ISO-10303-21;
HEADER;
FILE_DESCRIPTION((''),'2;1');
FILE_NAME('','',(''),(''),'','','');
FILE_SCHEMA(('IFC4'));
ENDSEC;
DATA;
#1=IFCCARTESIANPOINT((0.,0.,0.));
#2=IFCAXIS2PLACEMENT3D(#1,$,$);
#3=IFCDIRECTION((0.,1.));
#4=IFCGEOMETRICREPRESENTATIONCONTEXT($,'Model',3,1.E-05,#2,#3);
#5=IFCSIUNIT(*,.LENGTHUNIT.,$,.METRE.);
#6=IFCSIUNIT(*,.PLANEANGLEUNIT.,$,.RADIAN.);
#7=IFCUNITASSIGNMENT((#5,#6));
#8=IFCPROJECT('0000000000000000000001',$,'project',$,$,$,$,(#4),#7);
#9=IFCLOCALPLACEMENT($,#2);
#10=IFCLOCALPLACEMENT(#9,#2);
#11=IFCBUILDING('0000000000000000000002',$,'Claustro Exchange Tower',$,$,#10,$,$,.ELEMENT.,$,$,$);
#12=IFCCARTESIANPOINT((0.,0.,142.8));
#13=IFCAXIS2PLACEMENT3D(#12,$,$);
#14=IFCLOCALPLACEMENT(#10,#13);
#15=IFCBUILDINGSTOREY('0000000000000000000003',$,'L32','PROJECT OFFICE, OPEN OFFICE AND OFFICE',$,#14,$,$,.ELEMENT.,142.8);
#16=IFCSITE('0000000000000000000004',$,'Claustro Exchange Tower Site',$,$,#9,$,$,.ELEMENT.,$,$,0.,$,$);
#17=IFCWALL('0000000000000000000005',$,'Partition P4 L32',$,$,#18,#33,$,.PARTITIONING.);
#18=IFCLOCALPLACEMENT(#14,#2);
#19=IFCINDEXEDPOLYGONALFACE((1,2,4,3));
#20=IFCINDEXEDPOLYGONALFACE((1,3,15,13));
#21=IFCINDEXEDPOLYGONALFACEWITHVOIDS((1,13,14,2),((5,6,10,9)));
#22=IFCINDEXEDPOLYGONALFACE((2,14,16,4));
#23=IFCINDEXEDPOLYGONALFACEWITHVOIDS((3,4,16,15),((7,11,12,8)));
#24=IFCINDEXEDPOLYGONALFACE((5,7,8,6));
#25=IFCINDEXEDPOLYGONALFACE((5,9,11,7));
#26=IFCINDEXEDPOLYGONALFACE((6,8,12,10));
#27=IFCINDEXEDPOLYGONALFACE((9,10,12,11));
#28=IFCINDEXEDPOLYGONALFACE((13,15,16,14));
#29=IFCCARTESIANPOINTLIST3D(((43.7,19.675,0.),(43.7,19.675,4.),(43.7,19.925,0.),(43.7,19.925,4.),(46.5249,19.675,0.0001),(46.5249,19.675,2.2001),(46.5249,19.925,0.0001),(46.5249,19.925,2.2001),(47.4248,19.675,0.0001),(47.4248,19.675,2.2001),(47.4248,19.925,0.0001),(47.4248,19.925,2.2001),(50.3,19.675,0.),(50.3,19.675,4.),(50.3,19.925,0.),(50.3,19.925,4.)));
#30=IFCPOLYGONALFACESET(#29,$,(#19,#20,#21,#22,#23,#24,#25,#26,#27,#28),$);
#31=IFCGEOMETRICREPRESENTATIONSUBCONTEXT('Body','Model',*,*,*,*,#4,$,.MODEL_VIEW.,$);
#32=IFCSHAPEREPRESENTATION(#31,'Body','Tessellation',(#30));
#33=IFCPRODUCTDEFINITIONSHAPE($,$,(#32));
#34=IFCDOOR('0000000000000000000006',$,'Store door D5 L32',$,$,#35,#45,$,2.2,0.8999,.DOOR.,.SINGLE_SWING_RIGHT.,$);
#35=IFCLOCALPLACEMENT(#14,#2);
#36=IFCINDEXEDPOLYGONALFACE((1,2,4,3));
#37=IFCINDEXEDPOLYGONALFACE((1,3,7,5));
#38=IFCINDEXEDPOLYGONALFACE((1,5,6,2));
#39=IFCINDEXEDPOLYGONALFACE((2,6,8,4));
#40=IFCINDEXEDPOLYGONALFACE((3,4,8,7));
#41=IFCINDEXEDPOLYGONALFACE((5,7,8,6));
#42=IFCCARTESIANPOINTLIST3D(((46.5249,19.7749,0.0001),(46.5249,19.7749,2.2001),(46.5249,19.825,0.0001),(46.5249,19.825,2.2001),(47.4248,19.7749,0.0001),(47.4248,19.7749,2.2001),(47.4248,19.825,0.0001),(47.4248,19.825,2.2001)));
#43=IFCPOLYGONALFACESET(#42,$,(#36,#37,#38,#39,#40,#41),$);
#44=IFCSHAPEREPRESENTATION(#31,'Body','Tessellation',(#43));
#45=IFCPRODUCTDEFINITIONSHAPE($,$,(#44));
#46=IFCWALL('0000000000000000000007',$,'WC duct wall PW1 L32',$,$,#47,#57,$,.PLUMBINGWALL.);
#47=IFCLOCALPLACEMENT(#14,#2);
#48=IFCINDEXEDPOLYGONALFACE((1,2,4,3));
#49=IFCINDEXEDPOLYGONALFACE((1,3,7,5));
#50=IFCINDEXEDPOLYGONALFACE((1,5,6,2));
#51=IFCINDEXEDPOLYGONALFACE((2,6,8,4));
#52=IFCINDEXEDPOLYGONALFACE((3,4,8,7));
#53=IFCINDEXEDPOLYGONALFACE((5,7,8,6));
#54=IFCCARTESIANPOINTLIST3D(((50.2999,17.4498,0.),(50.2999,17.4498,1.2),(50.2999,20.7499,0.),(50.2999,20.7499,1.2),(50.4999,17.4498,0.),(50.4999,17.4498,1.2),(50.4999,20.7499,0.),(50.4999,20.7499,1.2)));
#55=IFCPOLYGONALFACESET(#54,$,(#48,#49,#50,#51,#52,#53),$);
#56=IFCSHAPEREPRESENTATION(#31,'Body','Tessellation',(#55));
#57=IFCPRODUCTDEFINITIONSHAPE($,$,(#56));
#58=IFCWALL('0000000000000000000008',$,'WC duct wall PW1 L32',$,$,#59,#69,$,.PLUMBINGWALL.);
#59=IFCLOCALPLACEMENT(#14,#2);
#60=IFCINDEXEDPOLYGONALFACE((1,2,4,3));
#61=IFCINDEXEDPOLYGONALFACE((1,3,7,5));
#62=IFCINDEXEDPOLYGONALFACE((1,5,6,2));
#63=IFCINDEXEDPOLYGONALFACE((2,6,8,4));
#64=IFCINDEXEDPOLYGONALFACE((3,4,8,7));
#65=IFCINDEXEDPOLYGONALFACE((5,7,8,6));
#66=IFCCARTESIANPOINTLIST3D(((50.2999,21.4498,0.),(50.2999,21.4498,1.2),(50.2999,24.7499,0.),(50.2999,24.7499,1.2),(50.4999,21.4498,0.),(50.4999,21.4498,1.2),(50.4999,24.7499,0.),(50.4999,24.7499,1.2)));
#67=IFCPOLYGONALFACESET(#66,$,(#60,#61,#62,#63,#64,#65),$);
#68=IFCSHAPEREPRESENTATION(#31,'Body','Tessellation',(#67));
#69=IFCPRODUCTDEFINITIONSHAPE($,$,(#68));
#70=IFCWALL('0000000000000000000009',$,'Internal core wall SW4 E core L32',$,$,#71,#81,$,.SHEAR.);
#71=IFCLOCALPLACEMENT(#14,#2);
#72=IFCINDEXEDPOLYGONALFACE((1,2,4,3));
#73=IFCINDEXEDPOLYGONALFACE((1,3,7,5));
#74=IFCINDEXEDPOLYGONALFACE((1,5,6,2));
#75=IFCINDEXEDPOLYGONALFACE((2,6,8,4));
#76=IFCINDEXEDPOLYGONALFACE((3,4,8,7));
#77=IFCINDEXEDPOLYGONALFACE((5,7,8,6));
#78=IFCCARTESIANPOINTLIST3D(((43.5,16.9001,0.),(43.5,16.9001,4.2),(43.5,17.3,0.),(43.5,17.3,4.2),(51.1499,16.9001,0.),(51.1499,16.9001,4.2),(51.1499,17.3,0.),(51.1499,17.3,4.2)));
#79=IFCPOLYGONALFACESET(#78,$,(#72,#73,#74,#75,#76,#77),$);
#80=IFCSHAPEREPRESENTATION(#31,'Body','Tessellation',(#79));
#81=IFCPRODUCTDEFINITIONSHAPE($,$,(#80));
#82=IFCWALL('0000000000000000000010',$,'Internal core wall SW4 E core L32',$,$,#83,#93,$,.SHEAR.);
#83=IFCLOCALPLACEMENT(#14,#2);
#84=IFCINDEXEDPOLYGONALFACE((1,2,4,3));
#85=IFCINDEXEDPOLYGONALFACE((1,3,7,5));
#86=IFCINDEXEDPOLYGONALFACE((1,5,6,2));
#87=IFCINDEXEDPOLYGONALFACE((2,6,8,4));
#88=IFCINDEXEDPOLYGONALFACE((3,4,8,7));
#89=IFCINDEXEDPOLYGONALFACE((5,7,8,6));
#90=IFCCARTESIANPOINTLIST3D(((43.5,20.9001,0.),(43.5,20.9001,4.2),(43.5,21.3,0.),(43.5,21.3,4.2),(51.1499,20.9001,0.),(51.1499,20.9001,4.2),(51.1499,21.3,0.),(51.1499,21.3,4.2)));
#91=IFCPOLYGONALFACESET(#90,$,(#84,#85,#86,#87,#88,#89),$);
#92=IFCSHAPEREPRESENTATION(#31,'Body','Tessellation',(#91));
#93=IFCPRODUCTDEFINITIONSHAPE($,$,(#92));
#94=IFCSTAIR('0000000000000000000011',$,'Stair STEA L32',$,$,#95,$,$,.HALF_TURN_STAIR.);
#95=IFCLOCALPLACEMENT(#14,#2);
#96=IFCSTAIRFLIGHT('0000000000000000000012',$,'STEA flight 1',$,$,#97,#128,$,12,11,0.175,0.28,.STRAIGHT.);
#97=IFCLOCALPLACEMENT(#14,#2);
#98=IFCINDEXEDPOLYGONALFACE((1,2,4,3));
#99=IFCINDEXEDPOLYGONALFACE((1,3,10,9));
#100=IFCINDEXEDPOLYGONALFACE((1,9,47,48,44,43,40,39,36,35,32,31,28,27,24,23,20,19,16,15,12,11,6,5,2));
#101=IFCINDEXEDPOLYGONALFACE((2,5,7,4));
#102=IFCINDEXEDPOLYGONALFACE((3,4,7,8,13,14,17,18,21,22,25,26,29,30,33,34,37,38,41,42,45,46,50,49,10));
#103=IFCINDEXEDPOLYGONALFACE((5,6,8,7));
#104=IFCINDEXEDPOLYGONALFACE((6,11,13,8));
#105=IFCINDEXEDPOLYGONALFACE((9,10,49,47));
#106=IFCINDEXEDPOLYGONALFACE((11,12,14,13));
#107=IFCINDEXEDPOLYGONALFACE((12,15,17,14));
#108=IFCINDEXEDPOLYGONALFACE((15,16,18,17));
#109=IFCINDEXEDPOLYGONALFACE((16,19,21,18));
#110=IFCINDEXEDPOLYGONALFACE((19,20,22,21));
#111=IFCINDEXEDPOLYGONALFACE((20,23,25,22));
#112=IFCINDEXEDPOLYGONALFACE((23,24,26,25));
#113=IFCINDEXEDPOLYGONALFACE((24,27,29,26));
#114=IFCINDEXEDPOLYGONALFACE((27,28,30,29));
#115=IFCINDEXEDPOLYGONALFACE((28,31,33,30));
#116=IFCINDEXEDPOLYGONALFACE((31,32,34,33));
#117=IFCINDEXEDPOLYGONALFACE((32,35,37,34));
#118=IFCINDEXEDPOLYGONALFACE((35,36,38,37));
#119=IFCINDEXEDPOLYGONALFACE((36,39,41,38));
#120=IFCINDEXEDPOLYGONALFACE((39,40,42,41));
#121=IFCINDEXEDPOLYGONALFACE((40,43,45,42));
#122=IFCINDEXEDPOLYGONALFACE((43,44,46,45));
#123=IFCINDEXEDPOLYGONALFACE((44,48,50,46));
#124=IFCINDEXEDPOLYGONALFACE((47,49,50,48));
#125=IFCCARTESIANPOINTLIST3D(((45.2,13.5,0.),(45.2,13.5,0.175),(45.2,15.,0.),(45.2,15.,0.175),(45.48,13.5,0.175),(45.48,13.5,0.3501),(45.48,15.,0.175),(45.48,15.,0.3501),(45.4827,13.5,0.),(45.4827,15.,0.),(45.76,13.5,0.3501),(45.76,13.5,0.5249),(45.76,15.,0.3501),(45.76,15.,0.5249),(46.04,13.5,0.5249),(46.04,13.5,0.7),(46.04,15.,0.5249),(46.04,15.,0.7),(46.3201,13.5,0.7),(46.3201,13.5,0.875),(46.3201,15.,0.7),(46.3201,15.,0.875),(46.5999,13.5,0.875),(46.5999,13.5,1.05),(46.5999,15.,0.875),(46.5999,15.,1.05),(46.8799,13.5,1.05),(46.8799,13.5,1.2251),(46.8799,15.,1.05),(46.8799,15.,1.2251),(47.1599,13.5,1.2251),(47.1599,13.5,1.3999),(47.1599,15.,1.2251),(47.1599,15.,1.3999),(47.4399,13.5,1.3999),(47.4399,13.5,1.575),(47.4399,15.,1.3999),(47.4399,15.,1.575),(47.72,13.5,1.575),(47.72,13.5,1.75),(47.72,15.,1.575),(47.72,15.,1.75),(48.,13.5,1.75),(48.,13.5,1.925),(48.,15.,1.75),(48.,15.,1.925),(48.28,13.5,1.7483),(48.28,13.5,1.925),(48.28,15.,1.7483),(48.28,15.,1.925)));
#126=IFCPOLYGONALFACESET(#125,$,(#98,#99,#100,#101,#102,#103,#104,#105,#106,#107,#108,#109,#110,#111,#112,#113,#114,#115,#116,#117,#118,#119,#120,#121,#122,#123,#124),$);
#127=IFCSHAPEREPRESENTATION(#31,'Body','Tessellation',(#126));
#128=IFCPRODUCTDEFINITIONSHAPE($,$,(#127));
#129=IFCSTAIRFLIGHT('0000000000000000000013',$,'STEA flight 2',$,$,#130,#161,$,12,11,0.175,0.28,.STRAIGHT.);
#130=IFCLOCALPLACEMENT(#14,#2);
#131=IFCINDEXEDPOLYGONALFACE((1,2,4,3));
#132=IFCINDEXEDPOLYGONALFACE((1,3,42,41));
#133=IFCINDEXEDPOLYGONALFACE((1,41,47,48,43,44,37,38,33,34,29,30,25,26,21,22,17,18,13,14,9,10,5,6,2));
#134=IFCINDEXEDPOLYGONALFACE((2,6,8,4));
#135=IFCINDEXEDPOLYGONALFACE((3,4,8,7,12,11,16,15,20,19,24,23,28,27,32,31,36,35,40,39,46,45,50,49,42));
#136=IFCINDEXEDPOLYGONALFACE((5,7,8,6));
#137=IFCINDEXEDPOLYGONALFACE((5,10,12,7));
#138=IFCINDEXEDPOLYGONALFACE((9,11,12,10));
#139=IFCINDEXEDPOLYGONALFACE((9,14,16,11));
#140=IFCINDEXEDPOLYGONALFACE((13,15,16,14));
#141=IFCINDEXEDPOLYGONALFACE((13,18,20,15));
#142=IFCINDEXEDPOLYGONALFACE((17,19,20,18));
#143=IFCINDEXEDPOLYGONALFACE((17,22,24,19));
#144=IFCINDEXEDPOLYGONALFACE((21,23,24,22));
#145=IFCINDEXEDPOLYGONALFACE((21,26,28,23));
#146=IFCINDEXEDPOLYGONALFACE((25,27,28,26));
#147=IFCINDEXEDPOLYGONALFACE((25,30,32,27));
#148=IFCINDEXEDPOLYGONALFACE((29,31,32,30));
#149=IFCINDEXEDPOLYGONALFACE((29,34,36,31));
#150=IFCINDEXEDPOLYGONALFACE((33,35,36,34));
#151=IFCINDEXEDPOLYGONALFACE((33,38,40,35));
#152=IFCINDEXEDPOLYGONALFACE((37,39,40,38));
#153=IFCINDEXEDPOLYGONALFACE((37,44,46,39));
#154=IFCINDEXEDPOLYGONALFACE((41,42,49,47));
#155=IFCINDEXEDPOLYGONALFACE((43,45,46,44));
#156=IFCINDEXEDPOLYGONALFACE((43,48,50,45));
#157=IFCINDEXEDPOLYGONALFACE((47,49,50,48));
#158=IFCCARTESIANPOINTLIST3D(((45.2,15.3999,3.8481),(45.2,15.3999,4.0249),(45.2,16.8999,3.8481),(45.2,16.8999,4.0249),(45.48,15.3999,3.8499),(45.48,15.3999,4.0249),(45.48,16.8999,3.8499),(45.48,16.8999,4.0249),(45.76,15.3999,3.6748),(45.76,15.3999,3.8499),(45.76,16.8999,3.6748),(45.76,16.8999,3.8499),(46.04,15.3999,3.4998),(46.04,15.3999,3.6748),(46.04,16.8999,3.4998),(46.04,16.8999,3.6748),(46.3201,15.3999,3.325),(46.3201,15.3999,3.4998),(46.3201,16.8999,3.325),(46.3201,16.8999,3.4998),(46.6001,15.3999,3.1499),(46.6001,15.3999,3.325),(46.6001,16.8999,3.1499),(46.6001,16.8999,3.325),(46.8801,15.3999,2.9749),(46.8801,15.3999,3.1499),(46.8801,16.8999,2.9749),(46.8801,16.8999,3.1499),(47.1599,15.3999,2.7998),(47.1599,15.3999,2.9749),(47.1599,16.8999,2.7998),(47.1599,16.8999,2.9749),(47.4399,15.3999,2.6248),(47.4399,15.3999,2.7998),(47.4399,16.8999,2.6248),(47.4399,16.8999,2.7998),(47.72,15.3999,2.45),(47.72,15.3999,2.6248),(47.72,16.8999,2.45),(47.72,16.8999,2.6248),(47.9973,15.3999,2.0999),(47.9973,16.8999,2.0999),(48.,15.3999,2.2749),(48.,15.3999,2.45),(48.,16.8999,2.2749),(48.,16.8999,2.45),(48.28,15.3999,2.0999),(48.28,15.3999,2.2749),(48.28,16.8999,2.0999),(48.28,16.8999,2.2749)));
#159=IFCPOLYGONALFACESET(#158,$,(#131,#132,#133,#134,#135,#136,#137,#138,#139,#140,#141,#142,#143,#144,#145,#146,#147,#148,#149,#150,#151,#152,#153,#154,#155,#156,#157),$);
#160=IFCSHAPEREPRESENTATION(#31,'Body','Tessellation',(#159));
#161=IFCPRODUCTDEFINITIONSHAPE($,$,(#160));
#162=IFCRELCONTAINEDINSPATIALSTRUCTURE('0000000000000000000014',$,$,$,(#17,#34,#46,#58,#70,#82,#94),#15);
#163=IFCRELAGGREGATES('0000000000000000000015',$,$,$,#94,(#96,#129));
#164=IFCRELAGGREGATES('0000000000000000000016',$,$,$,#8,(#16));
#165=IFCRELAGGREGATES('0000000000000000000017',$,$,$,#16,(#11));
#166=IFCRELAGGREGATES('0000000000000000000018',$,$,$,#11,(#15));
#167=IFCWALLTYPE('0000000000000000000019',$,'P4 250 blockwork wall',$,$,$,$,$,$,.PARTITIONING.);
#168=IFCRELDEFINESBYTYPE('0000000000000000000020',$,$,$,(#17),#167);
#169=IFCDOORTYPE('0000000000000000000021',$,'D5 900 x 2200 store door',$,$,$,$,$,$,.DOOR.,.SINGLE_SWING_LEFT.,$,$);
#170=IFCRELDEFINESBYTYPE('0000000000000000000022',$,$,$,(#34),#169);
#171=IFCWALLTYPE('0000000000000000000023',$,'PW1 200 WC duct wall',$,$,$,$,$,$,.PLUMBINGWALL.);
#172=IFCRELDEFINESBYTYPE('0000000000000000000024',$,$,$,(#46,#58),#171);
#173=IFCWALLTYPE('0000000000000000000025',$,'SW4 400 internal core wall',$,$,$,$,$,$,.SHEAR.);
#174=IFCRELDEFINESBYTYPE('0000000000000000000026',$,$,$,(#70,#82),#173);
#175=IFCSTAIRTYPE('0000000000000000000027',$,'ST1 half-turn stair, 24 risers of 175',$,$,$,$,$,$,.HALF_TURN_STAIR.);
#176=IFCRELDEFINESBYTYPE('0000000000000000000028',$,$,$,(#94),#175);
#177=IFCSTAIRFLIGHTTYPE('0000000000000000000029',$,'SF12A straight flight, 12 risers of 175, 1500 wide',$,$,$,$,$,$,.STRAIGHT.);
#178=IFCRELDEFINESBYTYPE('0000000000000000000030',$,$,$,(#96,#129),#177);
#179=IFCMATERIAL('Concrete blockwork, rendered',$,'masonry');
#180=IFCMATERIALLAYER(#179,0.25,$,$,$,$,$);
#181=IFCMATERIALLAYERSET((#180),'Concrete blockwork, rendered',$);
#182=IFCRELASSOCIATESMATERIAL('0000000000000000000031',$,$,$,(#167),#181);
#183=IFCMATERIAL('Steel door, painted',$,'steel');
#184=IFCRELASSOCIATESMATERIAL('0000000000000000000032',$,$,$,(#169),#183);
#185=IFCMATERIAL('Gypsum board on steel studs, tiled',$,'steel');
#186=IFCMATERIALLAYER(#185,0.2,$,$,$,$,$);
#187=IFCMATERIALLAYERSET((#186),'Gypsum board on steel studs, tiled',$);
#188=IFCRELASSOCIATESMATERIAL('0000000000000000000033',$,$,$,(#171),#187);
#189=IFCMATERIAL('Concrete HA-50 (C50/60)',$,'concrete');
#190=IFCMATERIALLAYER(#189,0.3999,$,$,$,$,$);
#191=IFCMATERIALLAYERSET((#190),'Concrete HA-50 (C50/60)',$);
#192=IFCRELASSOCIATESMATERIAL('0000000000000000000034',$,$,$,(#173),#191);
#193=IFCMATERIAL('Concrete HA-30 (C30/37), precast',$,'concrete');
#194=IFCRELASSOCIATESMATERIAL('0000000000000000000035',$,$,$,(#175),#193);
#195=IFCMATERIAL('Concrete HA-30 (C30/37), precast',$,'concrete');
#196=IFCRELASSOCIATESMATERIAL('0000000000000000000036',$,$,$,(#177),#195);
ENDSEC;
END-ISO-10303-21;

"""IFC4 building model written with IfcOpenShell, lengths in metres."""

from ifc_helpers import new_model, si_unit, direction, frame, frame_2d, origin, place, context, subcontext, project, spatial, polyline, rectangle, outline, extrude, material, layer, layer_set, type_object, element, fill, aggregate, save


model = new_model("IFC4")

# Units and contexts
model_context = context("Model", 3, precision=1e-05, world=origin(), true_north=direction((0.0, 1.0)))
body_context = subcontext(model_context, "Body", "Model", "MODEL_VIEW")
ifc_project = project(units=[si_unit("LENGTHUNIT", "METRE"), si_unit("PLANEANGLEUNIT", "RADIAN")], contexts=[model_context])

# Site, building, storey
site_placement = place(None, origin())
site = spatial("IfcSite", under=ifc_project, at=site_placement, Name="Claustro Exchange Tower Site", CompositionType="ELEMENT", RefElevation=0.0)
building_placement = place(site_placement, origin())
building = spatial("IfcBuilding", under=site, at=building_placement, Name="Claustro Exchange Tower", CompositionType="ELEMENT")
storey_placement = place(building_placement, frame((0.0, 0.0, 142.8)))
storey = spatial("IfcBuildingStorey", under=building, at=storey_placement, Name="L32", Description="PROJECT OFFICE, OPEN OFFICE AND OFFICE", CompositionType="ELEMENT", Elevation=142.8)

# Wall, opening, door
ifc_material_1 = material(Name="Concrete blockwork, rendered", Category="masonry")
ifc_layer_1 = layer(ifc_material_1, 0.25)
ifc_layer_set_1 = layer_set([ifc_layer_1], Name="Concrete blockwork, rendered")
wall_type_1 = type_object("IfcWallType", Name="P4 250 blockwork wall", PredefinedType="PARTITIONING", material=ifc_layer_set_1)
wall_placement = place(storey_placement, frame((43.7, 19.8, 0.0), z_axis=(0.0, 0.0, 1.0), x_axis=(1.0, 0.0, 0.0)))
wall = element("IfcWall", 1, at=wall_placement, inside=storey, type_object=wall_type_1, Name="Partition P4 L32", PredefinedType="PARTITIONING", context=body_context, shape_type="SweptSolid", body=[
    extrude(rectangle(XDim=6.6001, YDim=0.25, at=frame_2d((3.3, 0.0))), origin(), (0.0, 0.0, 1.0), 4.0),
])
opening_placement = place(wall_placement, frame((2.825, 0.0, 0.0)))
opening = element("IfcOpeningElement", 2, at=opening_placement, cuts=wall, PredefinedType="OPENING", context=body_context, shape_type="SweptSolid", body=[
    extrude(rectangle(XDim=0.8999, YDim=2.2, at=frame_2d((0.45, 1.1001))), frame((0.0, 0.135, 0.0), z_axis=(0.0, -1.0, 0.0), x_axis=(1.0, 0.0, 0.0)), (0.0, 0.0, 1.0), 0.27),
])
ifc_material_2 = material(Name="Steel door, painted", Category="steel")
door_type = type_object("IfcDoorType", Name="D5 900 x 2200 store door", OperationType="SINGLE_SWING_LEFT", PredefinedType="DOOR", material=ifc_material_2)
door_placement = place(opening_placement, origin())
door = element("IfcDoor", 3, at=door_placement, inside=storey, type_object=door_type, Name="Store door D5 L32", OperationType="SINGLE_SWING_RIGHT", OverallHeight=2.2, OverallWidth=0.8999, PredefinedType="DOOR", context=body_context, shape_type="SweptSolid", body=[
    extrude(rectangle(XDim=0.8999, YDim=2.2, at=frame_2d((0.45, 1.1001))), frame((0.0, 0.0249, 0.0), z_axis=(0.0, -1.0, 0.0), x_axis=(1.0, 0.0, 0.0)), (0.0, 0.0, 1.0), 0.05),
])
fill(opening, door)

# Walls
ifc_material_3 = material(Name="Gypsum board on steel studs, tiled", Category="steel")
ifc_layer_2 = layer(ifc_material_3, 0.2)
ifc_layer_set_2 = layer_set([ifc_layer_2], Name="Gypsum board on steel studs, tiled")
wall_type_2 = type_object("IfcWallType", Name="PW1 200 WC duct wall", PredefinedType="PLUMBINGWALL", material=ifc_layer_set_2)
for number, where, z_axis, x_axis, name in (
    (4, (50.3999, 17.45, 0.0), (0.0, 0.0, 1.0), (0.0, 1.0, 0.0), "WC duct wall PW1 L32"),
    (5, (50.3999, 21.45, 0.0), (0.0, 0.0, 1.0), (0.0, 1.0, 0.0), "WC duct wall PW1 L32"),
):
    element("IfcWall", number, at=place(storey_placement, frame(where, z_axis=z_axis, x_axis=x_axis)), inside=storey, type_object=wall_type_2, Name=name, PredefinedType="PLUMBINGWALL", context=body_context, shape_type="SweptSolid", body=[
        extrude(rectangle(XDim=3.3, YDim=0.2, at=frame_2d((1.6499, 0.0))), origin(), (0.0, 0.0, 1.0), 1.2),
    ])
ifc_material_4 = material(Name="Concrete HA-50 (C50/60)", Category="concrete")
ifc_layer_3 = layer(ifc_material_4, 0.3999)
ifc_layer_set_3 = layer_set([ifc_layer_3], Name="Concrete HA-50 (C50/60)")
wall_type_3 = type_object("IfcWallType", Name="SW4 400 internal core wall", PredefinedType="SHEAR", material=ifc_layer_set_3)
for number, where, z_axis, x_axis, name in (
    (6, (51.1499, 17.1001, 0.0), (0.0, 0.0, 1.0), (-1.0, 0.0, 0.0), "Internal core wall SW4 E core L32"),
    (7, (51.1499, 21.1001, 0.0), (0.0, 0.0, 1.0), (-1.0, 0.0, 0.0), "Internal core wall SW4 E core L32"),
):
    element("IfcWall", number, at=place(storey_placement, frame(where, z_axis=z_axis, x_axis=x_axis)), inside=storey, type_object=wall_type_3, Name=name, PredefinedType="SHEAR", context=body_context, shape_type="SweptSolid", body=[
        extrude(rectangle(XDim=7.6499, YDim=0.3999, at=frame_2d((3.825, 0.0))), origin(), (0.0, 0.0, 1.0), 4.2),
    ])

# Stair, stair flights
ifc_material_5 = material(Name="Concrete HA-30 (C30/37), precast", Category="concrete")
stair_type = type_object("IfcStairType", Name="ST1 half-turn stair, 24 risers of 175", PredefinedType="HALF_TURN_STAIR", material=ifc_material_5)
stair_placement = place(storey_placement, origin())
stair = element("IfcStair", 8, at=stair_placement, inside=storey, type_object=stair_type, Name="Stair STEA L32", PredefinedType="HALF_TURN_STAIR")
ifc_material_6 = material(Name="Concrete HA-30 (C30/37), precast", Category="concrete")
stair_flight_type = type_object("IfcStairFlightType", Name="SF12A straight flight, 12 risers of 175, 1500 wide", PredefinedType="STRAIGHT", material=ifc_material_6)
stair_flight_1_placement = place(storey_placement, frame((45.2, 14.25, 0.0), z_axis=(0.0, 0.0, 1.0), x_axis=(1.0, 0.0, 0.0)))
stair_flight_1 = element("IfcStairFlight", 9, at=stair_flight_1_placement, type_object=stair_flight_type, Name="STEA flight 1", NumberOfRisers=12, NumberOfTreads=11, PredefinedType="STRAIGHT", RiserHeight=0.175, TreadLength=0.28, context=body_context, shape_type="SweptSolid", body=[
    extrude(outline(polyline([(0.0, 0.0), (0.0, 0.175), (0.28, 0.175), (0.28, 0.3501), (0.5601, 0.3501), (0.5601, 0.5249), (0.8401, 0.5249), (0.8401, 0.7), (1.1201, 0.7), (1.1201, 0.875), (1.3999, 0.875), (1.3999, 1.05), (1.6799, 1.05), (1.6799, 1.2251), (1.96, 1.2251), (1.96, 1.3999), (2.24, 1.3999), (2.24, 1.575), (2.52, 1.575), (2.52, 1.75), (2.8, 1.75), (2.8, 1.925), (3.0801, 1.925), (3.0801, 2.1001), (3.0801, 1.7483), (0.2827, 0.0), (0.0, 0.0)])), frame((0.0, 0.75, 0.0), z_axis=(0.0, -1.0, 0.0), x_axis=(1.0, 0.0, 0.0)), (0.0, 0.0, 1.0), 1.5),
])
stair_flight_2_placement = place(storey_placement, frame((48.28, 16.1499, 2.0999), z_axis=(0.0, 0.0, 1.0), x_axis=(-1.0, 0.0, 0.0)))
stair_flight_2 = element("IfcStairFlight", 10, at=stair_flight_2_placement, type_object=stair_flight_type, Name="STEA flight 2", NumberOfRisers=12, NumberOfTreads=11, PredefinedType="STRAIGHT", RiserHeight=0.175, TreadLength=0.28, context=body_context, shape_type="SweptSolid", body=[
    extrude(outline(polyline([(0.0, 0.0), (0.0, 0.175), (0.28, 0.175), (0.28, 0.3501), (0.5601, 0.3501), (0.5601, 0.5249), (0.8401, 0.5249), (0.8401, 0.7), (1.1201, 0.7), (1.1201, 0.875), (1.3999, 0.875), (1.3999, 1.05), (1.6799, 1.05), (1.6799, 1.2251), (1.96, 1.2251), (1.96, 1.3999), (2.24, 1.3999), (2.24, 1.575), (2.52, 1.575), (2.52, 1.75), (2.8, 1.75), (2.8, 1.925), (3.0801, 1.925), (3.0801, 2.1001), (3.0801, 1.7483), (0.2827, 0.0), (0.0, 0.0)])), frame((0.0, 0.75, 0.0), z_axis=(0.0, -1.0, 0.0), x_axis=(1.0, 0.0, 0.0)), (0.0, 0.0, 1.0), 1.5),
])
aggregate(stair, [stair_flight_1, stair_flight_2])

save(model, "model.ifc")
